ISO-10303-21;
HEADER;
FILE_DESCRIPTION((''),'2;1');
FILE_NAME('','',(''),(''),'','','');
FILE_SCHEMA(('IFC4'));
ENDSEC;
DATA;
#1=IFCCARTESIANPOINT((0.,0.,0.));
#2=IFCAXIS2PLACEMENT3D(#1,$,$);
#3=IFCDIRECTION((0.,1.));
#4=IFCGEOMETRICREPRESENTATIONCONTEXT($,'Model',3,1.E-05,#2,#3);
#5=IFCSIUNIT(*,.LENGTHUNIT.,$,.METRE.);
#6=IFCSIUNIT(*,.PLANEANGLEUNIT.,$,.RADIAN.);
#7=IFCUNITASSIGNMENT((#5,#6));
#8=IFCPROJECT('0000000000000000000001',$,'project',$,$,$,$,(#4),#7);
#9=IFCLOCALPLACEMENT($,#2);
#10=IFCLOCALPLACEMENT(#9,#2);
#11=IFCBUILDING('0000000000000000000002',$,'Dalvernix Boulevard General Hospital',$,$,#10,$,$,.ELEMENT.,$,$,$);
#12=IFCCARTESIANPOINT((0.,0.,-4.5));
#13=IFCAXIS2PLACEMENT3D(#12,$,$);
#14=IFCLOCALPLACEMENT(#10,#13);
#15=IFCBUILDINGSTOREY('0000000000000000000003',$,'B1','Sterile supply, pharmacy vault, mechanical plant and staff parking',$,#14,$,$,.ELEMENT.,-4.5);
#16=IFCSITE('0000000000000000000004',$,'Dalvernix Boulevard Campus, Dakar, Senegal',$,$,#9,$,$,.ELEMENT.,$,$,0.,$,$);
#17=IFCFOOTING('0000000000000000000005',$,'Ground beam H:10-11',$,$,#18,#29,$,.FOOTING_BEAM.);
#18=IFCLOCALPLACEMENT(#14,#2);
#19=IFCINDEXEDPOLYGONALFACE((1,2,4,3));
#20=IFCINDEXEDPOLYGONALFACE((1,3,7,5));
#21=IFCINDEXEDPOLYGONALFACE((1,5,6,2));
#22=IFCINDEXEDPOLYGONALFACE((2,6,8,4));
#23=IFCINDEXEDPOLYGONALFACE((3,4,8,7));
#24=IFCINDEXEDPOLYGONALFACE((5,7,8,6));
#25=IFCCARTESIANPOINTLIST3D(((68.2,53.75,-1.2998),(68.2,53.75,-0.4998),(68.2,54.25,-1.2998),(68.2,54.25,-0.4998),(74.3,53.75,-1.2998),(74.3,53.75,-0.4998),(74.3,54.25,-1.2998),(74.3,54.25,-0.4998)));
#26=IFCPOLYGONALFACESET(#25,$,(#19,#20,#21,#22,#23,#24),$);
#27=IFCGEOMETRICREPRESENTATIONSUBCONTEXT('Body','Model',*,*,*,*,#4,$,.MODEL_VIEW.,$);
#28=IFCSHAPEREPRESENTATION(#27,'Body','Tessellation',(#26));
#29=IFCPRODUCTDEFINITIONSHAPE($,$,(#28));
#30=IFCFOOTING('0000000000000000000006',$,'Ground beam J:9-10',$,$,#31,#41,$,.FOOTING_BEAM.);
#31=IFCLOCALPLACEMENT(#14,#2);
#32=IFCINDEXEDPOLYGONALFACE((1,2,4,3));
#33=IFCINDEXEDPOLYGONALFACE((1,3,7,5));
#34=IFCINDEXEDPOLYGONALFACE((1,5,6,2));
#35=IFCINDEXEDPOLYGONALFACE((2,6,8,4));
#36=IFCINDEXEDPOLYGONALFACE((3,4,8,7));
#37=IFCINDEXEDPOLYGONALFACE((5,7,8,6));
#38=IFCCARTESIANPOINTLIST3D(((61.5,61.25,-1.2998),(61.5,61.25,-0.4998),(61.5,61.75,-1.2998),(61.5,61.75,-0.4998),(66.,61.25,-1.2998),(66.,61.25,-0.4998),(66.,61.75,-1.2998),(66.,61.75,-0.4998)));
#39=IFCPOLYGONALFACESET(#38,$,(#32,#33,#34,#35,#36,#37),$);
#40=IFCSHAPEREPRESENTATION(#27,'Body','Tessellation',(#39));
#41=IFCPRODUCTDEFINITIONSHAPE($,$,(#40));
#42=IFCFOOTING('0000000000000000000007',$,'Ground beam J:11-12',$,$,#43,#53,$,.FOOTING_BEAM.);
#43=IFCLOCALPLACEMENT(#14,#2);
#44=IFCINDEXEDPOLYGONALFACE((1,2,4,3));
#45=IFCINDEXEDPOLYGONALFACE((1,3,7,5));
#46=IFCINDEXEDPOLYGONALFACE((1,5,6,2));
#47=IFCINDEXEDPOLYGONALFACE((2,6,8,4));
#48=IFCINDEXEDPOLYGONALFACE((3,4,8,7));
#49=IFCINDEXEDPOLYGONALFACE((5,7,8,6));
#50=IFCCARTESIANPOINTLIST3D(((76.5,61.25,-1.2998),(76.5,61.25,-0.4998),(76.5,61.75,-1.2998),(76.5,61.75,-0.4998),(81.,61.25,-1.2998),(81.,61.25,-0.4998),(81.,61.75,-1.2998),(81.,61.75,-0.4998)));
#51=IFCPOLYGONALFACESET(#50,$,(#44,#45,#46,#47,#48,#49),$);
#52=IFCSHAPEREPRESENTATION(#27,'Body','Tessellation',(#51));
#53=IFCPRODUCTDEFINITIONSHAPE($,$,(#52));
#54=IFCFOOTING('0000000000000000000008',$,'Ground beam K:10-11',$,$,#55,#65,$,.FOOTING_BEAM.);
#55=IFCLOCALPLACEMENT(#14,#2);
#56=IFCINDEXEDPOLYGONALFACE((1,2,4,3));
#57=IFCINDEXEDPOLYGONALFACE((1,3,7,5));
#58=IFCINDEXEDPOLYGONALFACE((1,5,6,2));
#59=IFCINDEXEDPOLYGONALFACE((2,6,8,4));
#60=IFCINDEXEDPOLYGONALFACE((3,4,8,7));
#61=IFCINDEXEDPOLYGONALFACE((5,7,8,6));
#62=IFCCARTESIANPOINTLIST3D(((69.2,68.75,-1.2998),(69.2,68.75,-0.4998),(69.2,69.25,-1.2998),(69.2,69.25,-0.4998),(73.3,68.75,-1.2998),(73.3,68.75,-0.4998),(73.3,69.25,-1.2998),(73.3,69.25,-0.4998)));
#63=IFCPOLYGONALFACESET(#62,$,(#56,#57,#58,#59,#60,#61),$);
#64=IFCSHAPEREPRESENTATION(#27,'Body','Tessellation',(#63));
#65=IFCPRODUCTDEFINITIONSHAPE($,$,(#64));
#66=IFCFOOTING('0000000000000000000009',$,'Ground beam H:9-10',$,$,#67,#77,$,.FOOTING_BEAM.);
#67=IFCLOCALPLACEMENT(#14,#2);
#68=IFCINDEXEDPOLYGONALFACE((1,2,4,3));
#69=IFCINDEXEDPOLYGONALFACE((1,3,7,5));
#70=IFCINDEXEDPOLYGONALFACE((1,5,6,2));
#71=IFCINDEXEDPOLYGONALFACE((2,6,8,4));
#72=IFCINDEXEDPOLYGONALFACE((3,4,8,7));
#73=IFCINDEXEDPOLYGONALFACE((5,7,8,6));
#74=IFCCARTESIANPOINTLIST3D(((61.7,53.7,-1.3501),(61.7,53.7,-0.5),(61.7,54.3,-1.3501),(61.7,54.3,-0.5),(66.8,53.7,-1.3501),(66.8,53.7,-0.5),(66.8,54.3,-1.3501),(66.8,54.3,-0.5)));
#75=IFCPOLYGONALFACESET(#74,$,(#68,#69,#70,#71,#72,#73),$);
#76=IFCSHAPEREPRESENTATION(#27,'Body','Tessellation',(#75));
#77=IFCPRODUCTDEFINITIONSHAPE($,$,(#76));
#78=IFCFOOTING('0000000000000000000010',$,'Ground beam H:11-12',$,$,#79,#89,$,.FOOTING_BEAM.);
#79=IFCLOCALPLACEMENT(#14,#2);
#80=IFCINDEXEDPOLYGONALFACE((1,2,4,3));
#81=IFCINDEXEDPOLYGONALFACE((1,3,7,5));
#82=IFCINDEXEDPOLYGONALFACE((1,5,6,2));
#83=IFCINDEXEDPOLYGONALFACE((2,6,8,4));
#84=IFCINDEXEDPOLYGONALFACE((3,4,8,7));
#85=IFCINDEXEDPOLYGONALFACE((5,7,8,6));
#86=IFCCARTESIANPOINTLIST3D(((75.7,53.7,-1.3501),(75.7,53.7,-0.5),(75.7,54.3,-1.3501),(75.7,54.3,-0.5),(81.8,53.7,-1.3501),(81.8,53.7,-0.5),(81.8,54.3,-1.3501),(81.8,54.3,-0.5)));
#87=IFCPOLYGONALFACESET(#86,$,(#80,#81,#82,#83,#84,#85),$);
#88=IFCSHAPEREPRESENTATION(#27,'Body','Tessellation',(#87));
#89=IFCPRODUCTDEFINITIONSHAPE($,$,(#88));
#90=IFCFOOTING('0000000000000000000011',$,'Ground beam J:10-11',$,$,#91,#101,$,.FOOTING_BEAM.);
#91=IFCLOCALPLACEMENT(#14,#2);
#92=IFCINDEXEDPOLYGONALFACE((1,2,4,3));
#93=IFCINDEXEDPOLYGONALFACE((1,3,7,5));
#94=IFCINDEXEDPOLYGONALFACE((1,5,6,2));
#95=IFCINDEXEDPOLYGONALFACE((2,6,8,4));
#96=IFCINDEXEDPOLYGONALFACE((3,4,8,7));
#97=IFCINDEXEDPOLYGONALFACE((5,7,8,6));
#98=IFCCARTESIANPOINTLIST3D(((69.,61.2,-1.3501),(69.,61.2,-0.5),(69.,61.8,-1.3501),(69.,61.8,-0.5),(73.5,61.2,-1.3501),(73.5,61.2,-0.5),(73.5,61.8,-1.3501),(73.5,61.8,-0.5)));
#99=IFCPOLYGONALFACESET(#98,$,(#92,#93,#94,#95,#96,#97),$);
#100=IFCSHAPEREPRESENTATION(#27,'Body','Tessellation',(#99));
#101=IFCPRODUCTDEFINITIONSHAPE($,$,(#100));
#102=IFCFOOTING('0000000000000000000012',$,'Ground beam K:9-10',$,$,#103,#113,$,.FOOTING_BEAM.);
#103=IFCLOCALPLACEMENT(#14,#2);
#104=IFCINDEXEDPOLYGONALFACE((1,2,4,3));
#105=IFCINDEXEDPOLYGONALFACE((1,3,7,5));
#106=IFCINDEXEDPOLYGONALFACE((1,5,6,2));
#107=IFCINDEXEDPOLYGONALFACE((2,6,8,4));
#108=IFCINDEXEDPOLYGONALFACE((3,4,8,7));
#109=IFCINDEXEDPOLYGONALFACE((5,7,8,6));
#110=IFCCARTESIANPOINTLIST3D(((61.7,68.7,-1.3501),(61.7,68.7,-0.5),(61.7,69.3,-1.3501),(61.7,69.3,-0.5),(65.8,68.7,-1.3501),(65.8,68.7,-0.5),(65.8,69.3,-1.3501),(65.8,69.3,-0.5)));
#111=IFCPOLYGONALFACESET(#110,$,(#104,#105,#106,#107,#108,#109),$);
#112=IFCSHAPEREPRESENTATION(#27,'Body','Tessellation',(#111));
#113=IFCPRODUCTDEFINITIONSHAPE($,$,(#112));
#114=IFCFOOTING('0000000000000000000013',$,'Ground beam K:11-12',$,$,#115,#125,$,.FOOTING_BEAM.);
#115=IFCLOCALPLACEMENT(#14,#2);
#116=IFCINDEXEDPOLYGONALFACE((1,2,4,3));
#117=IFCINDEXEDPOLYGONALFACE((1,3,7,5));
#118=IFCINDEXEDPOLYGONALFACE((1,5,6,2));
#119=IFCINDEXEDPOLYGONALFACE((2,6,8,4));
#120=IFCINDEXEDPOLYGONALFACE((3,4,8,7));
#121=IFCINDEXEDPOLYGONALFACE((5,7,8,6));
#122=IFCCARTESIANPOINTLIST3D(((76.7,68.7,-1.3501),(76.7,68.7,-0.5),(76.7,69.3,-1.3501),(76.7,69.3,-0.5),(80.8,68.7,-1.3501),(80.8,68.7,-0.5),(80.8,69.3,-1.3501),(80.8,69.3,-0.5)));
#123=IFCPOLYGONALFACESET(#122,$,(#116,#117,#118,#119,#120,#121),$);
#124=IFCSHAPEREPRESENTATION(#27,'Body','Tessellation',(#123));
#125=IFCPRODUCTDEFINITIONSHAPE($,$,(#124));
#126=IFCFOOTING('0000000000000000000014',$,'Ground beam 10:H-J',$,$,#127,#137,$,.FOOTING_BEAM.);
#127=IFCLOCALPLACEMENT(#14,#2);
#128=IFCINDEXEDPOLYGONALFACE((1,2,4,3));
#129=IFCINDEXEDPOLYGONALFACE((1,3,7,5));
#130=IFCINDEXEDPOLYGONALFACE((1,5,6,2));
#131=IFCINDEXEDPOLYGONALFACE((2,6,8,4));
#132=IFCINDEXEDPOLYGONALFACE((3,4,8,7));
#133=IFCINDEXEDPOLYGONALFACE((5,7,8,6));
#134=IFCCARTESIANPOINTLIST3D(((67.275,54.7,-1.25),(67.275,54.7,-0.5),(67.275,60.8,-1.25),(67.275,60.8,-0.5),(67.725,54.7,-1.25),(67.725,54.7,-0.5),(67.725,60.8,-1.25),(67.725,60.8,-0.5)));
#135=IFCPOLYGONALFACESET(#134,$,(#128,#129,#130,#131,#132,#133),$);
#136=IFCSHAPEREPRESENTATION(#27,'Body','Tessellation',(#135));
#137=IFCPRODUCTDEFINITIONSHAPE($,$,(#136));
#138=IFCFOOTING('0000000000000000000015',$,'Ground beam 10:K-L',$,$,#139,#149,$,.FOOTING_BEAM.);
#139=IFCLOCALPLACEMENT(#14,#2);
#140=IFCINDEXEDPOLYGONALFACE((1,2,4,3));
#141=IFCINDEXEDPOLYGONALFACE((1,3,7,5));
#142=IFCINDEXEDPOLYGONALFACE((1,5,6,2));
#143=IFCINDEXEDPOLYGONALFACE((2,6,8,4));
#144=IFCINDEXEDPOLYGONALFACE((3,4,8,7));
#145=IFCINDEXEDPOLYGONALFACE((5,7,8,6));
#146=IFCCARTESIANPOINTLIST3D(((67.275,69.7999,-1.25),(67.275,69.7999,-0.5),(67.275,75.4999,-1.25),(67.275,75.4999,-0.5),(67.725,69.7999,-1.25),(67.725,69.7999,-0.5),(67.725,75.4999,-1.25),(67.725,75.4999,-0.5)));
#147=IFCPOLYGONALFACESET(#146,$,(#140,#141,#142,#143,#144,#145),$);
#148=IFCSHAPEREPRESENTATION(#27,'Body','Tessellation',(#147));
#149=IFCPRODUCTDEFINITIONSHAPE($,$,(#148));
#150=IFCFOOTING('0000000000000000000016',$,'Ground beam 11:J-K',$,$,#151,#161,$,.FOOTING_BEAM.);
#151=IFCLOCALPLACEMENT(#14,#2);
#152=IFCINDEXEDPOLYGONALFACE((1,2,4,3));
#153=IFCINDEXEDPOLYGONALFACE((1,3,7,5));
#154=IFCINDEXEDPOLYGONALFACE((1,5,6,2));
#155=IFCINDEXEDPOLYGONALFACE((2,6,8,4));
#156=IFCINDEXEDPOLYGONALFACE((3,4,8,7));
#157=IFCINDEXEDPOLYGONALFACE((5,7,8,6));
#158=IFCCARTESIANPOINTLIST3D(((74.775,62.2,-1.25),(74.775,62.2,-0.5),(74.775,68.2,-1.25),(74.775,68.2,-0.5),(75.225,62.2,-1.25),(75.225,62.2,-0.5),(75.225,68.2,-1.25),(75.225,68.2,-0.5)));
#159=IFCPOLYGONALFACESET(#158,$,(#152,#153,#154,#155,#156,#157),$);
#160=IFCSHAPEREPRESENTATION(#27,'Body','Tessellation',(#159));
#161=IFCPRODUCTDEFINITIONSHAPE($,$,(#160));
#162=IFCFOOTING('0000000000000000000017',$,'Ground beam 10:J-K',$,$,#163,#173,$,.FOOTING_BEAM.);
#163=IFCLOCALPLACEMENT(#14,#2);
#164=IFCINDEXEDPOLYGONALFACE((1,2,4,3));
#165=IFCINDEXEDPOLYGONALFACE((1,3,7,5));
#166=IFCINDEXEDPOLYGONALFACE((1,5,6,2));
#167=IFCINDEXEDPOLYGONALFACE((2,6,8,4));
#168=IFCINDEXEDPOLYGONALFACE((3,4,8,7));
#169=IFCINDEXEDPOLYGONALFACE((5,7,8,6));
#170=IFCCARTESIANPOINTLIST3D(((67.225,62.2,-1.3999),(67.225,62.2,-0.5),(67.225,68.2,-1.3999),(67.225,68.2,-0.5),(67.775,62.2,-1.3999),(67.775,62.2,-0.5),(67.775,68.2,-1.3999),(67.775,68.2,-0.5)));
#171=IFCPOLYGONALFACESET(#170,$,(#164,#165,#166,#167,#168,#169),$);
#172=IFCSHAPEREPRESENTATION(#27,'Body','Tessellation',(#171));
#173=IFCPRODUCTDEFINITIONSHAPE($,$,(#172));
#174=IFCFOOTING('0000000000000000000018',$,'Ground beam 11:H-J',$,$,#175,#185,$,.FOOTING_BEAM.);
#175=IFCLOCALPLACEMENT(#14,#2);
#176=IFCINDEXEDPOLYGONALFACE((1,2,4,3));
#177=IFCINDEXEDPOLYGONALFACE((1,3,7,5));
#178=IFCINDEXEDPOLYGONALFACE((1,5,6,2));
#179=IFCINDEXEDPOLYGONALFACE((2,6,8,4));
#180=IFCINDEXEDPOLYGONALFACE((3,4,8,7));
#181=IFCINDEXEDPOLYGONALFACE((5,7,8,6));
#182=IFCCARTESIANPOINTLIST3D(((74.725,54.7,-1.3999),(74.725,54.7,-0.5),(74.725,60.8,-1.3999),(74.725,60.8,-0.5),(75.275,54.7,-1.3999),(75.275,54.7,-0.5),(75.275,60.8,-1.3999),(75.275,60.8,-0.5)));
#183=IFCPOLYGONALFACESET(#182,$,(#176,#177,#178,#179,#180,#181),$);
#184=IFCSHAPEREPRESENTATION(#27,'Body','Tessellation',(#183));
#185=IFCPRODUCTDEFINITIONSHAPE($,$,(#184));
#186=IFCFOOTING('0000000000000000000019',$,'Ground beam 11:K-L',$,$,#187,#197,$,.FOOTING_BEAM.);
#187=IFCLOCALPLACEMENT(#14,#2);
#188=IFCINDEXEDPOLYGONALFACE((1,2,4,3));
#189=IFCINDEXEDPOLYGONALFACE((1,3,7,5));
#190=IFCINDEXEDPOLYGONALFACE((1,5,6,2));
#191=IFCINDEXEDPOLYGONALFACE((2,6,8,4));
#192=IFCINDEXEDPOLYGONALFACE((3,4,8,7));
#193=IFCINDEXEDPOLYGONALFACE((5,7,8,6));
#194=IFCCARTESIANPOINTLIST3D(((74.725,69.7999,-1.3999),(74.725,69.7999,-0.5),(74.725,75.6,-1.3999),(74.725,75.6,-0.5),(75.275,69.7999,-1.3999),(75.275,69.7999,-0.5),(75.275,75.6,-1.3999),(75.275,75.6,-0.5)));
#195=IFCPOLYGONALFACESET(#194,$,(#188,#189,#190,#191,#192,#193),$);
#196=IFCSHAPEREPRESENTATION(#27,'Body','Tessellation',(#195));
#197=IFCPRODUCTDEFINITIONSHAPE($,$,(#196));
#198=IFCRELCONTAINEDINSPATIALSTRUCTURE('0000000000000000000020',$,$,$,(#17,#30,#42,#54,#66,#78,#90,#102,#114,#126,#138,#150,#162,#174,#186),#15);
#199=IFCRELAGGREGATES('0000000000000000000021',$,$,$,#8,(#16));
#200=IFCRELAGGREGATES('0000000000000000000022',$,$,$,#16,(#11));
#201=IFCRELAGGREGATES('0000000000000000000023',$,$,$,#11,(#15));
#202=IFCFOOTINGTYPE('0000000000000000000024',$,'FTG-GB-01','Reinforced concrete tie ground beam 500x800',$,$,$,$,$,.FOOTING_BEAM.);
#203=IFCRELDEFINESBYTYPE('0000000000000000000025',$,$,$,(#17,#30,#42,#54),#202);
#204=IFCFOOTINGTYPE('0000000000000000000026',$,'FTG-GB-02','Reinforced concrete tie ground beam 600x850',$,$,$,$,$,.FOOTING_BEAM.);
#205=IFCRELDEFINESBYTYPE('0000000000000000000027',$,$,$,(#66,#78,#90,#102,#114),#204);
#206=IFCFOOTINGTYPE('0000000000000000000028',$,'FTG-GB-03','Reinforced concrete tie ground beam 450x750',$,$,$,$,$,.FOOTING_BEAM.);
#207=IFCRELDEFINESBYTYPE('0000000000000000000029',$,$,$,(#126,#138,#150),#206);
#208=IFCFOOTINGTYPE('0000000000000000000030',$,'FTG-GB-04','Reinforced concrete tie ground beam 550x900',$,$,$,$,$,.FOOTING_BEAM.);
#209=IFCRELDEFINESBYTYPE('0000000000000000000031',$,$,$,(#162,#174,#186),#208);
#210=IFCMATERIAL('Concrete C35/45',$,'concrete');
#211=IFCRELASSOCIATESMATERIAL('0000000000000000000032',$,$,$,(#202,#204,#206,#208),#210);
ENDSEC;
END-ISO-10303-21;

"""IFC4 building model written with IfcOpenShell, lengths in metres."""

from ifc_helpers import new_model, si_unit, direction, frame, origin, origin_2d, place, context, subcontext, project, spatial, rectangle, extrude, material, type_object, element, save


model = new_model("IFC4")

# Units and contexts
model_context = context("Model", 3, precision=1e-05, world=origin(), true_north=direction((0.0, 1.0)))
body_context = subcontext(model_context, "Body", "Model", "MODEL_VIEW")
ifc_project = project(units=[si_unit("LENGTHUNIT", "METRE"), si_unit("PLANEANGLEUNIT", "RADIAN")], contexts=[model_context])

# Site, building, storey
site_placement = place(None, origin())
site = spatial("IfcSite", under=ifc_project, at=site_placement, Name="Dalvernix Boulevard Campus, Dakar, Senegal", CompositionType="ELEMENT", RefElevation=0.0)
building_placement = place(site_placement, origin())
building = spatial("IfcBuilding", under=site, at=building_placement, Name="Dalvernix Boulevard General Hospital", CompositionType="ELEMENT")
storey_placement = place(building_placement, frame((0.0, 0.0, -4.5)))
storey = spatial("IfcBuildingStorey", under=building, at=storey_placement, Name="B1", Description="Sterile supply, pharmacy vault, mechanical plant and staff parking", CompositionType="ELEMENT", Elevation=-4.5)

# Footings
ifc_material_1 = material(Name="Concrete C35/45", Category="concrete")
footing_type_1 = type_object("IfcFootingType", Name="FTG-GB-01", Description="Reinforced concrete tie ground beam 500x800", PredefinedType="FOOTING_BEAM", material=ifc_material_1)
footing_1_placement = place(storey_placement, frame((71.25, 54.0, -1.2998), z_axis=(0.0, 0.0, 1.0), x_axis=(1.0, 0.0, 0.0)))
element("IfcFooting", 1, at=footing_1_placement, inside=storey, type_object=footing_type_1, Name="Ground beam H:10-11", PredefinedType="FOOTING_BEAM", context=body_context, shape_type="SweptSolid", body=[
    extrude(rectangle(XDim=6.1001, YDim=0.5, at=origin_2d()), origin(), (0.0, 0.0, 1.0), 0.8),
])
for number, where, z_axis, x_axis, name in (
    (2, (63.75, 61.5, -1.2998), (0.0, 0.0, 1.0), (1.0, 0.0, 0.0), "Ground beam J:9-10"),
    (3, (78.75, 61.5, -1.2998), (0.0, 0.0, 1.0), (1.0, 0.0, 0.0), "Ground beam J:11-12"),
):
    element("IfcFooting", number, at=place(storey_placement, frame(where, z_axis=z_axis, x_axis=x_axis)), inside=storey, type_object=footing_type_1, Name=name, PredefinedType="FOOTING_BEAM", context=body_context, shape_type="SweptSolid", body=[
        extrude(rectangle(XDim=4.5, YDim=0.5, at=origin_2d()), origin(), (0.0, 0.0, 1.0), 0.8),
    ])
footing_2_placement = place(storey_placement, frame((71.25, 69.0, -1.2998), z_axis=(0.0, 0.0, 1.0), x_axis=(1.0, 0.0, 0.0)))
element("IfcFooting", 4, at=footing_2_placement, inside=storey, type_object=footing_type_1, Name="Ground beam K:10-11", PredefinedType="FOOTING_BEAM", context=body_context, shape_type="SweptSolid", body=[
    extrude(rectangle(XDim=4.1001, YDim=0.5, at=origin_2d()), origin(), (0.0, 0.0, 1.0), 0.8),
])
footing_type_2 = type_object("IfcFootingType", Name="FTG-GB-02", Description="Reinforced concrete tie ground beam 600x850", PredefinedType="FOOTING_BEAM", material=ifc_material_1)
footing_3_placement = place(storey_placement, frame((64.25, 54.0, -1.3501), z_axis=(0.0, 0.0, 1.0), x_axis=(1.0, 0.0, 0.0)))
element("IfcFooting", 5, at=footing_3_placement, inside=storey, type_object=footing_type_2, Name="Ground beam H:9-10", PredefinedType="FOOTING_BEAM", context=body_context, shape_type="SweptSolid", body=[
    extrude(rectangle(XDim=5.1001, YDim=0.6001, at=origin_2d()), origin(), (0.0, 0.0, 1.0), 0.8501),
])
footing_4_placement = place(storey_placement, frame((78.75, 54.0, -1.3501), z_axis=(0.0, 0.0, 1.0), x_axis=(1.0, 0.0, 0.0)))
element("IfcFooting", 6, at=footing_4_placement, inside=storey, type_object=footing_type_2, Name="Ground beam H:11-12", PredefinedType="FOOTING_BEAM", context=body_context, shape_type="SweptSolid", body=[
    extrude(rectangle(XDim=6.1001, YDim=0.6001, at=origin_2d()), origin(), (0.0, 0.0, 1.0), 0.8501),
])
footing_5_placement = place(storey_placement, frame((71.25, 61.5, -1.3501), z_axis=(0.0, 0.0, 1.0), x_axis=(1.0, 0.0, 0.0)))
element("IfcFooting", 7, at=footing_5_placement, inside=storey, type_object=footing_type_2, Name="Ground beam J:10-11", PredefinedType="FOOTING_BEAM", context=body_context, shape_type="SweptSolid", body=[
    extrude(rectangle(XDim=4.5, YDim=0.6001, at=origin_2d()), origin(), (0.0, 0.0, 1.0), 0.8501),
])
for number, where, z_axis, x_axis, name in (
    (8, (63.75, 69.0, -1.3501), (0.0, 0.0, 1.0), (1.0, 0.0, 0.0), "Ground beam K:9-10"),
    (9, (78.75, 69.0, -1.3501), (0.0, 0.0, 1.0), (1.0, 0.0, 0.0), "Ground beam K:11-12"),
):
    element("IfcFooting", number, at=place(storey_placement, frame(where, z_axis=z_axis, x_axis=x_axis)), inside=storey, type_object=footing_type_2, Name=name, PredefinedType="FOOTING_BEAM", context=body_context, shape_type="SweptSolid", body=[
        extrude(rectangle(XDim=4.1001, YDim=0.6001, at=origin_2d()), origin(), (0.0, 0.0, 1.0), 0.8501),
    ])
footing_type_3 = type_object("IfcFootingType", Name="FTG-GB-03", Description="Reinforced concrete tie ground beam 450x750", PredefinedType="FOOTING_BEAM", material=ifc_material_1)
footing_6_placement = place(storey_placement, frame((67.5, 57.75, -1.25), z_axis=(0.0, 0.0, 1.0), x_axis=(0.0, 1.0, 0.0)))
element("IfcFooting", 10, at=footing_6_placement, inside=storey, type_object=footing_type_3, Name="Ground beam 10:H-J", PredefinedType="FOOTING_BEAM", context=body_context, shape_type="SweptSolid", body=[
    extrude(rectangle(XDim=6.1001, YDim=0.45, at=origin_2d()), origin(), (0.0, 0.0, 1.0), 0.75),
])
footing_7_placement = place(storey_placement, frame((67.5, 72.6499, -1.25), z_axis=(0.0, 0.0, 1.0), x_axis=(0.0, 1.0, 0.0)))
element("IfcFooting", 11, at=footing_7_placement, inside=storey, type_object=footing_type_3, Name="Ground beam 10:K-L", PredefinedType="FOOTING_BEAM", context=body_context, shape_type="SweptSolid", body=[
    extrude(rectangle(XDim=5.7, YDim=0.45, at=origin_2d()), origin(), (0.0, 0.0, 1.0), 0.75),
])
footing_8_placement = place(storey_placement, frame((75.0, 65.2, -1.25), z_axis=(0.0, 0.0, 1.0), x_axis=(0.0, 1.0, 0.0)))
element("IfcFooting", 12, at=footing_8_placement, inside=storey, type_object=footing_type_3, Name="Ground beam 11:J-K", PredefinedType="FOOTING_BEAM", context=body_context, shape_type="SweptSolid", body=[
    extrude(rectangle(XDim=6.0, YDim=0.45, at=origin_2d()), origin(), (0.0, 0.0, 1.0), 0.75),
])
footing_type_4 = type_object("IfcFootingType", Name="FTG-GB-04", Description="Reinforced concrete tie ground beam 550x900", PredefinedType="FOOTING_BEAM", material=ifc_material_1)
footing_9_placement = place(storey_placement, frame((67.5, 65.2, -1.3999), z_axis=(0.0, 0.0, 1.0), x_axis=(0.0, 1.0, 0.0)))
element("IfcFooting", 13, at=footing_9_placement, inside=storey, type_object=footing_type_4, Name="Ground beam 10:J-K", PredefinedType="FOOTING_BEAM", context=body_context, shape_type="SweptSolid", body=[
    extrude(rectangle(XDim=6.0, YDim=0.55, at=origin_2d()), origin(), (0.0, 0.0, 1.0), 0.8999),
])
footing_10_placement = place(storey_placement, frame((75.0, 57.75, -1.3999), z_axis=(0.0, 0.0, 1.0), x_axis=(0.0, 1.0, 0.0)))
element("IfcFooting", 14, at=footing_10_placement, inside=storey, type_object=footing_type_4, Name="Ground beam 11:H-J", PredefinedType="FOOTING_BEAM", context=body_context, shape_type="SweptSolid", body=[
    extrude(rectangle(XDim=6.1001, YDim=0.55, at=origin_2d()), origin(), (0.0, 0.0, 1.0), 0.8999),
])
footing_11_placement = place(storey_placement, frame((75.0, 72.7, -1.3999), z_axis=(0.0, 0.0, 1.0), x_axis=(0.0, 1.0, 0.0)))
element("IfcFooting", 15, at=footing_11_placement, inside=storey, type_object=footing_type_4, Name="Ground beam 11:K-L", PredefinedType="FOOTING_BEAM", context=body_context, shape_type="SweptSolid", body=[
    extrude(rectangle(XDim=5.8, YDim=0.55, at=origin_2d()), origin(), (0.0, 0.0, 1.0), 0.8999),
])

save(model, "model.ifc")
